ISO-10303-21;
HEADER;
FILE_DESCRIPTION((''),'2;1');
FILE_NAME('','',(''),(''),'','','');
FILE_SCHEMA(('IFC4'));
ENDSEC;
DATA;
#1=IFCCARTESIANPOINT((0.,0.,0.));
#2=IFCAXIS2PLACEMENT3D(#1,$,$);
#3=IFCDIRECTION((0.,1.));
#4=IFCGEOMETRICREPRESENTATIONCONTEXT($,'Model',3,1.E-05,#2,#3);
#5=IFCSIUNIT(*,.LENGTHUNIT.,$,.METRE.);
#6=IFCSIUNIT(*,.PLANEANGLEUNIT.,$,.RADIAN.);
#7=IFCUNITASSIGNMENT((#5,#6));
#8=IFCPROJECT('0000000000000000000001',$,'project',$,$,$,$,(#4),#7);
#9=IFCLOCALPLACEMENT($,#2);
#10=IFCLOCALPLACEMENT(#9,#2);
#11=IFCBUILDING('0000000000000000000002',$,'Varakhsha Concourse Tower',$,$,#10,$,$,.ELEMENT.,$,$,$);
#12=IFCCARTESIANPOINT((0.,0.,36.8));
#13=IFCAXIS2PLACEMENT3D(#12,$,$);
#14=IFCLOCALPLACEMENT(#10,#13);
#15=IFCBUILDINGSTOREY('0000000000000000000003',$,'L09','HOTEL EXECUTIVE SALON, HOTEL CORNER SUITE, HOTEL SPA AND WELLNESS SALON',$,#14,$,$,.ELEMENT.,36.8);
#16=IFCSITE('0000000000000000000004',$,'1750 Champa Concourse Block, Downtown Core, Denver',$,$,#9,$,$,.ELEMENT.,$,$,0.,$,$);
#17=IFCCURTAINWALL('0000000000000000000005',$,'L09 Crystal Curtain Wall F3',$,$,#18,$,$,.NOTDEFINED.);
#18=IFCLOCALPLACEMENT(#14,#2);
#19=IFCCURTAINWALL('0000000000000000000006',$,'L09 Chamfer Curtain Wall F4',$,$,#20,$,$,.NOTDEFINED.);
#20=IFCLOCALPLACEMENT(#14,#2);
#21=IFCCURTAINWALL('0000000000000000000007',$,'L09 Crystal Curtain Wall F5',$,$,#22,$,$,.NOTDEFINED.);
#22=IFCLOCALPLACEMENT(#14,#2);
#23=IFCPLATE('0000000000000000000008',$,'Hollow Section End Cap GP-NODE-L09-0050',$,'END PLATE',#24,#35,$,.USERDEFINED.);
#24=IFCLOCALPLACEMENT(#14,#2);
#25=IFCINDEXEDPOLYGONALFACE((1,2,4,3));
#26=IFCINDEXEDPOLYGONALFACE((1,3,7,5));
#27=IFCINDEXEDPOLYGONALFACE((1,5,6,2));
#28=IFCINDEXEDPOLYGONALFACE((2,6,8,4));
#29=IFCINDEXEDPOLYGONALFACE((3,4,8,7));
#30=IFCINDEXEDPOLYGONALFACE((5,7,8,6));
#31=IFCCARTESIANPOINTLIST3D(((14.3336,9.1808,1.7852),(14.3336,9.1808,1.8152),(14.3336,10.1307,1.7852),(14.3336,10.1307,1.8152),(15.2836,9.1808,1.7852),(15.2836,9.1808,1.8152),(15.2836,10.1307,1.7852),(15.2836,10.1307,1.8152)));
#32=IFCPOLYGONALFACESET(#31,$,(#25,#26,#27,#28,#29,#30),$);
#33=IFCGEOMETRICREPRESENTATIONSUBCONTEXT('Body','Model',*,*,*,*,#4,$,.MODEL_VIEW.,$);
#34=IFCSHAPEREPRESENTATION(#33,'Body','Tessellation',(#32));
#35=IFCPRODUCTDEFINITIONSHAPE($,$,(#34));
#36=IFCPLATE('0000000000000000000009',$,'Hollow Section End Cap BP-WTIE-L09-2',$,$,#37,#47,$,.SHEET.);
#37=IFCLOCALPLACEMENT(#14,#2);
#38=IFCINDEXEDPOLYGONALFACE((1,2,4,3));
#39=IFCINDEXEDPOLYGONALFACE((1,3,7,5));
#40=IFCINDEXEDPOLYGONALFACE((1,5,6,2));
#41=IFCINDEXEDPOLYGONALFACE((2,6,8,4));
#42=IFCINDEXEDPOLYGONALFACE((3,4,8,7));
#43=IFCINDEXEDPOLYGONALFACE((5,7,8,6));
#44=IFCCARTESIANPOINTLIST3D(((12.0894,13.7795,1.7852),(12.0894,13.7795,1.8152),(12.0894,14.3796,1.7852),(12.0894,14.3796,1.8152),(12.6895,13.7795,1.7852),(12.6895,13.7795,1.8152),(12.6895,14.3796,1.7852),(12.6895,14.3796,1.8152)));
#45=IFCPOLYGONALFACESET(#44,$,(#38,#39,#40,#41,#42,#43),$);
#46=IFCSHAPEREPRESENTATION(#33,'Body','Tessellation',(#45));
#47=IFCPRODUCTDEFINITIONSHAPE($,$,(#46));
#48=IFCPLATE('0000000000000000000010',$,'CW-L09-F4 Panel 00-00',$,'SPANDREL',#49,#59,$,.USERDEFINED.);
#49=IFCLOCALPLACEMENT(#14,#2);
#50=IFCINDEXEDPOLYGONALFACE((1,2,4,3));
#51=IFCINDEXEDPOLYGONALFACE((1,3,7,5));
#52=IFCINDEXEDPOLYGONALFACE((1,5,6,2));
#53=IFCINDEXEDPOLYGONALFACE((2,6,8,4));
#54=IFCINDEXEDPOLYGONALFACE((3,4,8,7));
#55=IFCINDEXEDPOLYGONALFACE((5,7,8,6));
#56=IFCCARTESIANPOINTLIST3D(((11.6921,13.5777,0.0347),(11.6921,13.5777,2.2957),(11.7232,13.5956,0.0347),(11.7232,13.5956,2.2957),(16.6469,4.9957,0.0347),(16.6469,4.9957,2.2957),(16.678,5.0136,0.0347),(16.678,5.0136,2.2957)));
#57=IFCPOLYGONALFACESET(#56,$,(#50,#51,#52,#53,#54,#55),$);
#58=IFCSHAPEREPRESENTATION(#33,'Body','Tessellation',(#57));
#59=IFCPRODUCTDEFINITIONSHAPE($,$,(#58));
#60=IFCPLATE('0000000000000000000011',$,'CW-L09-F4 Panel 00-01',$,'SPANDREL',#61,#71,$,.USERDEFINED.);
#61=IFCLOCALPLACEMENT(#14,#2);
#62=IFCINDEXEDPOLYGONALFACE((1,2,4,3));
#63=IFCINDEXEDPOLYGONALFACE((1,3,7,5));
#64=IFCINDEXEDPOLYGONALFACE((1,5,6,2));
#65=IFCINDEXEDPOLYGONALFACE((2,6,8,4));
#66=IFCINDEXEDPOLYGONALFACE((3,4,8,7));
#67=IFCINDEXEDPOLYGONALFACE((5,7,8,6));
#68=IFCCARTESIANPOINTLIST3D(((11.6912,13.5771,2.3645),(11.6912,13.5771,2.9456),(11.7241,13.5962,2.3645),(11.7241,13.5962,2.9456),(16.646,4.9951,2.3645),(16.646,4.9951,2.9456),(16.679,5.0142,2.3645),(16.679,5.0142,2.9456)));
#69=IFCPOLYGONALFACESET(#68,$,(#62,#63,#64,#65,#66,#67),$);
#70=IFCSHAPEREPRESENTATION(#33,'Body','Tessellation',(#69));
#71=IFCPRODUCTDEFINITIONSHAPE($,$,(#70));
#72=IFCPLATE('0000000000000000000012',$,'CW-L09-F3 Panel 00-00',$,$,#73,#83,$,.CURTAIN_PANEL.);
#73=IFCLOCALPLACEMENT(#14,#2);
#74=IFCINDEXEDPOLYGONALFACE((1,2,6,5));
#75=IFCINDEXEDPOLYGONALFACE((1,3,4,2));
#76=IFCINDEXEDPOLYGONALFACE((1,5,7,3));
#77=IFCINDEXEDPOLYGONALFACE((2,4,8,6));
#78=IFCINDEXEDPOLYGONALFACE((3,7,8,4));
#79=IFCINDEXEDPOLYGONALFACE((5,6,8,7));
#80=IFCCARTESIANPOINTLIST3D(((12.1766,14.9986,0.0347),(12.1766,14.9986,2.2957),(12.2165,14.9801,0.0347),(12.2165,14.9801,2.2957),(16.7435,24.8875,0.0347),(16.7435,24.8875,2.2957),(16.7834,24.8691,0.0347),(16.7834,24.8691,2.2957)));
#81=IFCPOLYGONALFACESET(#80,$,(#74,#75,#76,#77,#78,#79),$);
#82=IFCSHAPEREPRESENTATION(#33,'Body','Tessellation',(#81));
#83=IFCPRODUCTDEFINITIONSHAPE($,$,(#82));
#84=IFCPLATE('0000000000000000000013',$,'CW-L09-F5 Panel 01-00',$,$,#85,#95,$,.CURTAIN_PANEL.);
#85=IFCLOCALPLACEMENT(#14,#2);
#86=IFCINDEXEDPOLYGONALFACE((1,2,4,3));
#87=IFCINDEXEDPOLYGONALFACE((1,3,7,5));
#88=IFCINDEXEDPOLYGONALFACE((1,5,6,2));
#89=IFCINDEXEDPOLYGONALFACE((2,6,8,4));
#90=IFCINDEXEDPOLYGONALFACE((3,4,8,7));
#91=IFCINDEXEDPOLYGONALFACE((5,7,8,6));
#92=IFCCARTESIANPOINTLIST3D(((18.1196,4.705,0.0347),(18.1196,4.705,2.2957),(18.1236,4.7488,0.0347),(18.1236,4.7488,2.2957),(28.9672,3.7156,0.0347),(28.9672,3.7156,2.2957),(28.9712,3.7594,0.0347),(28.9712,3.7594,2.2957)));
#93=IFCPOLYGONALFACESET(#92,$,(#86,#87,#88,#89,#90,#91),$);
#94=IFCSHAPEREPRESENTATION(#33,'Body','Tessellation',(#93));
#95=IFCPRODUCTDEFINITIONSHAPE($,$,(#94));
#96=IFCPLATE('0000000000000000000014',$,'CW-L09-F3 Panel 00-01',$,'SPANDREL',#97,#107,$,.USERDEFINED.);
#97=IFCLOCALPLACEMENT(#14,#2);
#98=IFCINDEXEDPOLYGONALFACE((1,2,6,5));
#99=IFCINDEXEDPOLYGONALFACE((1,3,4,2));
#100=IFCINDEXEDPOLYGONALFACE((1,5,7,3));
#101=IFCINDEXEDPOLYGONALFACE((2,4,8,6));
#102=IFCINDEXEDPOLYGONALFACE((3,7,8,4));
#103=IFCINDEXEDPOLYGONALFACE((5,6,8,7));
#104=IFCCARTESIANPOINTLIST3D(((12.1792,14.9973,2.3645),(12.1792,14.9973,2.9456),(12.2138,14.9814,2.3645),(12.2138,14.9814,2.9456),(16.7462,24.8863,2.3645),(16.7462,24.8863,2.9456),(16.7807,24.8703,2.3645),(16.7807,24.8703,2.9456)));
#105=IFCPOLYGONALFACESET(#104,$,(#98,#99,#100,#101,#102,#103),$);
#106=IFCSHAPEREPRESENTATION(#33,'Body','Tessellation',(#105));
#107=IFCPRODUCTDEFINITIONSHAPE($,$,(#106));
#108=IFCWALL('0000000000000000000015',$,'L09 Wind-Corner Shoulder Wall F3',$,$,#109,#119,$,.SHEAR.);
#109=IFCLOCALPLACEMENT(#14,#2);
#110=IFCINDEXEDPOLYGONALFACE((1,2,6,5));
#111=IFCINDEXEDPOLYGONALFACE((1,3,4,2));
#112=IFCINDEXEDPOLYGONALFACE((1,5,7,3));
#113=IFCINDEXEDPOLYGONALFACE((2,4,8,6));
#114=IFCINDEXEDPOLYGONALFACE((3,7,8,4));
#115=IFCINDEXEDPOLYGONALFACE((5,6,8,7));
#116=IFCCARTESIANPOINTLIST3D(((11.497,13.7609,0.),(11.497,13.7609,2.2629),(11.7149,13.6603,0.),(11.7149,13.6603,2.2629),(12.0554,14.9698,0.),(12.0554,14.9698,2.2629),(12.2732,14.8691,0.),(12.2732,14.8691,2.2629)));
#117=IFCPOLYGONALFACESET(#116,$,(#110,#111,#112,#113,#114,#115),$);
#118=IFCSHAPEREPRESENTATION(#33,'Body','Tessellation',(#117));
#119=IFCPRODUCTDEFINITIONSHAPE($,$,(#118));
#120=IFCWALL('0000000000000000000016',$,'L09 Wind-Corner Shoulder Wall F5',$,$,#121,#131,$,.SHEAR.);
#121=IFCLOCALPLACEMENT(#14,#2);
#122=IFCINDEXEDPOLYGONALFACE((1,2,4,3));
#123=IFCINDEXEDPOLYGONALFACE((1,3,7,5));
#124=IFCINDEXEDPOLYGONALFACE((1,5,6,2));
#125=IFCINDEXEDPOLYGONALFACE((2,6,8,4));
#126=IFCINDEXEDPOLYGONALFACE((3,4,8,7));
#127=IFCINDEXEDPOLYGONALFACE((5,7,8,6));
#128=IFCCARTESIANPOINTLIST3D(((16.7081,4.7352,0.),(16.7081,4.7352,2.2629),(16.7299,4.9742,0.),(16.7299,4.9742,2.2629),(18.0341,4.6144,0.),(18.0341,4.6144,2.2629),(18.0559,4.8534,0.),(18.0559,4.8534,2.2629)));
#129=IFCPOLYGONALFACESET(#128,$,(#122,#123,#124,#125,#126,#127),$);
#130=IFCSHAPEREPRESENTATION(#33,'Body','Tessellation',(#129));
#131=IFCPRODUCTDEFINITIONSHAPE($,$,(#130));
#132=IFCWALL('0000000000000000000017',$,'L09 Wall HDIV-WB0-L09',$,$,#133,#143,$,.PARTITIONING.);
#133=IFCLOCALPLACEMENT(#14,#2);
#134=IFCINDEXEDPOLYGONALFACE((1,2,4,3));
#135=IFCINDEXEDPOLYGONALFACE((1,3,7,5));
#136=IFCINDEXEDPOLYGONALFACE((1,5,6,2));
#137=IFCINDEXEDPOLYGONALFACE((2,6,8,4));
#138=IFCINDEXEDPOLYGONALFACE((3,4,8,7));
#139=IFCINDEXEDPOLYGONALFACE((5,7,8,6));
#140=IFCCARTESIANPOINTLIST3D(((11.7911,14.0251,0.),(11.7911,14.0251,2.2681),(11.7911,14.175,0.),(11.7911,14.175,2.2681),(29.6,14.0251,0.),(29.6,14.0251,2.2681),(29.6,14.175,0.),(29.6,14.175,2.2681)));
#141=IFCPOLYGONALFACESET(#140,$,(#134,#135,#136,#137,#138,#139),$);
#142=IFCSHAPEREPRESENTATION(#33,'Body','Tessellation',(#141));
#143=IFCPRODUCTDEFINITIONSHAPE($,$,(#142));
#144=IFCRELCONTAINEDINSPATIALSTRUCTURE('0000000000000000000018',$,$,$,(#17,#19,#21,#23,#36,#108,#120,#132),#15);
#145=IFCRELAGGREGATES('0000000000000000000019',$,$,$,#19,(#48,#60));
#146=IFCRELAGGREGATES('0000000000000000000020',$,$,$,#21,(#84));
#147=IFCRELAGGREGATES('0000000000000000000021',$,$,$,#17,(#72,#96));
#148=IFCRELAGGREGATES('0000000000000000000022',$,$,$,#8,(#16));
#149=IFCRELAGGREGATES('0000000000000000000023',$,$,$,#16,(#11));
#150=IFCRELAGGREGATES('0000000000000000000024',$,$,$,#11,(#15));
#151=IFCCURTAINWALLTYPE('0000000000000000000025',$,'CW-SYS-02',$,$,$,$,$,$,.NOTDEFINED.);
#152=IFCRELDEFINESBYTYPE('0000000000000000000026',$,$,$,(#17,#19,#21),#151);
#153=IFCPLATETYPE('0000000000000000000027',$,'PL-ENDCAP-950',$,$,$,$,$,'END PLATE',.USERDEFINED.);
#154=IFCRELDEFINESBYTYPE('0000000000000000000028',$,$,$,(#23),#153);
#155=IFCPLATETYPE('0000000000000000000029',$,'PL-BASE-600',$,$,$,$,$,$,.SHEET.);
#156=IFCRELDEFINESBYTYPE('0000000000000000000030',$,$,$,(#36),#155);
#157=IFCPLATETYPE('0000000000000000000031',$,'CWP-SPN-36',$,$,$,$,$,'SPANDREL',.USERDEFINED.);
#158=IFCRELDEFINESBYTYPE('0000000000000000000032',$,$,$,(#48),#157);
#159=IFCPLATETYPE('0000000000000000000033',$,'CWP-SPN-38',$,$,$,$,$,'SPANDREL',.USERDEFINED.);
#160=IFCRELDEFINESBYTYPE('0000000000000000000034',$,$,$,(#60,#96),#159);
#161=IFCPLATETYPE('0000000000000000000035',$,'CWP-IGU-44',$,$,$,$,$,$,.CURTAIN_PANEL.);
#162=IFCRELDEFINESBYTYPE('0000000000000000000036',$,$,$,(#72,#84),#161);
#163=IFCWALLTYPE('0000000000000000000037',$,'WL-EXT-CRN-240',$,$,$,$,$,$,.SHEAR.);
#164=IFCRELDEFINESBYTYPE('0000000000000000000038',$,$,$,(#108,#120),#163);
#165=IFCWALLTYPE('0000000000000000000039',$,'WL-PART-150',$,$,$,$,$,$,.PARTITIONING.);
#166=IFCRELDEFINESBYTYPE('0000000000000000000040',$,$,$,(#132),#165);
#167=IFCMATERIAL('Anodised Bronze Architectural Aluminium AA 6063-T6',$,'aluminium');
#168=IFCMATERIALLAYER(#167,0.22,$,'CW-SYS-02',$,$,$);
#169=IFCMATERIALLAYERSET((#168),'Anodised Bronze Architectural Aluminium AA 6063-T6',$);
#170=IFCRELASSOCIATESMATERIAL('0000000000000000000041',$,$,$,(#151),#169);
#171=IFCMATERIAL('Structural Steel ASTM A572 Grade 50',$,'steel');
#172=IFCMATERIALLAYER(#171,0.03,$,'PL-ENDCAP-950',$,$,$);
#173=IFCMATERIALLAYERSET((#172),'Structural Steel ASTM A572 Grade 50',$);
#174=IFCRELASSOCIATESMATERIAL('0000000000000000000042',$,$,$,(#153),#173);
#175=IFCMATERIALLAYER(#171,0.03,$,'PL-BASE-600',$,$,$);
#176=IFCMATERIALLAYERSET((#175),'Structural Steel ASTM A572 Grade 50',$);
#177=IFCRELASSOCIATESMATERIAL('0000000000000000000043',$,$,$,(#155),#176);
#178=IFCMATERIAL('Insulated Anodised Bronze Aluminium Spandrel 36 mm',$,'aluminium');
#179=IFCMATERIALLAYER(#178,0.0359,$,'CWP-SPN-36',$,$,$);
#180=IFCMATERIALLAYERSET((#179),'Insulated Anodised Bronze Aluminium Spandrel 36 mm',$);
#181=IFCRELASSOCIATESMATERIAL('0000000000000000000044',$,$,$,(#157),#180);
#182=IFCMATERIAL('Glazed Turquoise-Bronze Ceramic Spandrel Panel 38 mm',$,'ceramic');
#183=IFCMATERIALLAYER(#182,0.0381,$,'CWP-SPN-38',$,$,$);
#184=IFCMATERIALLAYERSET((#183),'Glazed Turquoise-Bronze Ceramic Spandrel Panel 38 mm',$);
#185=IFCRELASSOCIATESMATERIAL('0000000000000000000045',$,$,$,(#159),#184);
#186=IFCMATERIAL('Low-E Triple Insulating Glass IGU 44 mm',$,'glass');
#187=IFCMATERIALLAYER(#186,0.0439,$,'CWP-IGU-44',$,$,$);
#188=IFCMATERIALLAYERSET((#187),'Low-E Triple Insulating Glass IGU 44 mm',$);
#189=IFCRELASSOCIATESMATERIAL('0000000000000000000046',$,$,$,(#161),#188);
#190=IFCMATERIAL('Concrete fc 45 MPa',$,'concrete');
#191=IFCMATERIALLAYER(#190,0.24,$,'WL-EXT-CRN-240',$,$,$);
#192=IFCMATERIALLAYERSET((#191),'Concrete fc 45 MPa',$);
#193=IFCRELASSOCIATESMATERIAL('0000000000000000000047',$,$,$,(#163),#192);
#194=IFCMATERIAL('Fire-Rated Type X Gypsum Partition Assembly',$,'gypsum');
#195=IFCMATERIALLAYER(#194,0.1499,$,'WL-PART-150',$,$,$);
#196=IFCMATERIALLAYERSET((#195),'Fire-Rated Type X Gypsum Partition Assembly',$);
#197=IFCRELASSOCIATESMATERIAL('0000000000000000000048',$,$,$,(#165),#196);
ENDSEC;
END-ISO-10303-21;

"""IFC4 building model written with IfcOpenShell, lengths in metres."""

from ifc_helpers import new_model, si_unit, direction, frame, frame_2d, origin, origin_2d, place, context, subcontext, project, spatial, rectangle, extrude, source, transform, mapped, material, layer, layer_set, type_object, type_shapes, element, aggregate, save


model = new_model("IFC4")

# Units and contexts
model_context = context("Model", 3, precision=1e-05, world=origin(), true_north=direction((0.0, 1.0)))
body_context = subcontext(model_context, "Body", "Model", "MODEL_VIEW")
ifc_project = project(units=[si_unit("LENGTHUNIT", "METRE"), si_unit("PLANEANGLEUNIT", "RADIAN")], contexts=[model_context])

# Site, building, storey
site_placement = place(None, origin())
site = spatial("IfcSite", under=ifc_project, at=site_placement, Name="1750 Champa Concourse Block, Downtown Core, Denver", CompositionType="ELEMENT", RefElevation=0.0)
building_placement = place(site_placement, origin())
building = spatial("IfcBuilding", under=site, at=building_placement, Name="Varakhsha Concourse Tower", CompositionType="ELEMENT")
storey_placement = place(building_placement, frame((0.0, 0.0, 36.8)))
storey = spatial("IfcBuildingStorey", under=building, at=storey_placement, Name="L09", Description="HOTEL EXECUTIVE SALON, HOTEL CORNER SUITE, HOTEL SPA AND WELLNESS SALON", CompositionType="ELEMENT", Elevation=36.8)

# Shared definitions
ifc_material_1 = material(Name="Structural Steel ASTM A572 Grade 50", Category="steel")

# Curtain wall
ifc_material_2 = material(Name="Anodised Bronze Architectural Aluminium AA 6063-T6", Category="aluminium")
ifc_layer_1 = layer(ifc_material_2, 0.22, Name="CW-SYS-02")
ifc_layer_set_1 = layer_set([ifc_layer_1], Name="Anodised Bronze Architectural Aluminium AA 6063-T6")
curtain_wall_type = type_object("IfcCurtainWallType", Name="CW-SYS-02", PredefinedType="NOTDEFINED", material=ifc_layer_set_1)
curtain_wall_1_placement = place(storey_placement, origin())
curtain_wall_1 = element("IfcCurtainWall", 1, at=curtain_wall_1_placement, inside=storey, type_object=curtain_wall_type, Name="L09 Crystal Curtain Wall F3", PredefinedType="NOTDEFINED")

# Curtain wall
curtain_wall_2_placement = place(storey_placement, origin())
curtain_wall_2 = element("IfcCurtainWall", 2, at=curtain_wall_2_placement, inside=storey, type_object=curtain_wall_type, Name="L09 Chamfer Curtain Wall F4", PredefinedType="NOTDEFINED")

# Curtain wall
curtain_wall_3_placement = place(storey_placement, origin())
curtain_wall_3 = element("IfcCurtainWall", 3, at=curtain_wall_3_placement, inside=storey, type_object=curtain_wall_type, Name="L09 Crystal Curtain Wall F5", PredefinedType="NOTDEFINED")

# Shared definitions
ifc_material_3 = material(Name="Concrete fc 45 MPa", Category="concrete")

# Plates
ifc_layer_2 = layer(ifc_material_1, 0.03, Name="PL-ENDCAP-950")
ifc_layer_set_2 = layer_set([ifc_layer_2], Name="Structural Steel ASTM A572 Grade 50")
plate_type_1 = type_object("IfcPlateType", Name="PL-ENDCAP-950", ElementType="END PLATE", PredefinedType="USERDEFINED", material=ifc_layer_set_2)
shared_shape_1 = source(origin(), body_context, "Body", "SweptSolid", [
    extrude(rectangle(XDim=0.95, YDim=0.95, at=origin_2d()), origin(), (0.0, 0.0, 1.0), 0.03),
])
type_shapes(plate_type_1, [shared_shape_1])
for number, where, z_axis, x_axis, name in (
    (4, (14.8086, 9.6558, 1.7852), (0.0, 0.0, 1.0), (1.0, 0.0, 0.0), "Hollow Section End Cap GP-NODE-L09-0050"),
):
    element("IfcPlate", number, at=place(storey_placement, frame(where, z_axis=z_axis, x_axis=x_axis)), inside=storey, type_object=plate_type_1, Name=name, ObjectType="END PLATE", PredefinedType="USERDEFINED", context=body_context, shape_type="MappedRepresentation", body=[
        mapped(shared_shape_1, transform((0.0, 0.0, 0.0), scale=1.0)),
    ])
ifc_layer_3 = layer(ifc_material_1, 0.03, Name="PL-BASE-600")
ifc_layer_set_3 = layer_set([ifc_layer_3], Name="Structural Steel ASTM A572 Grade 50")
plate_type_2 = type_object("IfcPlateType", Name="PL-BASE-600", PredefinedType="SHEET", material=ifc_layer_set_3)
shared_shape_2 = source(origin(), body_context, "Body", "SweptSolid", [
    extrude(rectangle(XDim=0.6001, YDim=0.6001, at=origin_2d()), origin(), (0.0, 0.0, 1.0), 0.03),
])
type_shapes(plate_type_2, [shared_shape_2])
plate_1_placement = place(storey_placement, frame((12.3894, 14.0796, 1.7852), z_axis=(0.0, 0.0, 1.0), x_axis=(1.0, 0.0, 0.0)))
element("IfcPlate", 5, at=plate_1_placement, inside=storey, type_object=plate_type_2, Name="Hollow Section End Cap BP-WTIE-L09-2", PredefinedType="SHEET", context=body_context, shape_type="MappedRepresentation", body=[
    mapped(shared_shape_2, transform((0.0, 0.0, 0.0), scale=1.0)),
])

# Plates
ifc_material_4 = material(Name="Insulated Anodised Bronze Aluminium Spandrel 36 mm", Category="aluminium")
ifc_layer_4 = layer(ifc_material_4, 0.0359, Name="CWP-SPN-36")
ifc_layer_set_4 = layer_set([ifc_layer_4], Name="Insulated Anodised Bronze Aluminium Spandrel 36 mm")
plate_type_3 = type_object("IfcPlateType", Name="CWP-SPN-36", ElementType="SPANDREL", PredefinedType="USERDEFINED", material=ifc_layer_set_4)
shared_shape_3 = source(origin(), body_context, "Body", "SweptSolid", [
    extrude(rectangle(XDim=9.9097, YDim=0.0359, at=origin_2d()), origin(), (0.0, 0.0, 1.0), 2.261),
])
type_shapes(plate_type_3, [shared_shape_3])
plate_2_placement = place(storey_placement, frame((14.1851, 9.2957, 0.0347), z_axis=(0.0, 0.0, 1.0), x_axis=(-0.499998, 0.866026, 0.0)))
plate_2 = element("IfcPlate", 6, at=plate_2_placement, type_object=plate_type_3, Name="CW-L09-F4 Panel 00-00", ObjectType="SPANDREL", PredefinedType="USERDEFINED", context=body_context, shape_type="MappedRepresentation", body=[
    mapped(shared_shape_3, transform((0.0, 0.0, 0.0), scale=1.0)),
])
ifc_material_5 = material(Name="Glazed Turquoise-Bronze Ceramic Spandrel Panel 38 mm", Category="ceramic")
ifc_layer_5 = layer(ifc_material_5, 0.0381, Name="CWP-SPN-38")
ifc_layer_set_5 = layer_set([ifc_layer_5], Name="Glazed Turquoise-Bronze Ceramic Spandrel Panel 38 mm")
plate_type_4 = type_object("IfcPlateType", Name="CWP-SPN-38", ElementType="SPANDREL", PredefinedType="USERDEFINED", material=ifc_layer_set_5)
shared_shape_4 = source(origin(), body_context, "Body", "SweptSolid", [
    extrude(rectangle(XDim=9.9097, YDim=0.0381, at=origin_2d()), origin(), (0.0, 0.0, 1.0), 0.5811),
])
plate_3_placement = place(storey_placement, frame((14.1851, 9.2957, 2.3645), z_axis=(0.0, 0.0, 1.0), x_axis=(-0.499998, 0.866026, 0.0)))
plate_3 = element("IfcPlate", 7, at=plate_3_placement, type_object=plate_type_4, Name="CW-L09-F4 Panel 00-01", ObjectType="SPANDREL", PredefinedType="USERDEFINED", context=body_context, shape_type="MappedRepresentation", body=[
    mapped(shared_shape_4, transform((0.0, 0.0, 0.0), scale=1.0)),
])
aggregate(curtain_wall_2, [plate_2, plate_3])
ifc_material_6 = material(Name="Low-E Triple Insulating Glass IGU 44 mm", Category="glass")
ifc_layer_6 = layer(ifc_material_6, 0.0439, Name="CWP-IGU-44")
ifc_layer_set_6 = layer_set([ifc_layer_6], Name="Low-E Triple Insulating Glass IGU 44 mm")
plate_type_5 = type_object("IfcPlateType", Name="CWP-IGU-44", PredefinedType="CURTAIN_PANEL", material=ifc_layer_set_6)
shared_shape_5 = source(origin(), body_context, "Body", "SweptSolid", [
    extrude(rectangle(XDim=10.8926, YDim=0.0439, at=origin_2d()), origin(), (0.0, 0.0, 1.0), 2.261),
])
type_shapes(plate_type_5, [shared_shape_5])
plate_4_placement = place(storey_placement, frame((14.48, 19.9338, 0.0347), z_axis=(0.0, 0.0, 1.0), x_axis=(0.41927, 0.907862, 0.0)))
plate_4 = element("IfcPlate", 8, at=plate_4_placement, type_object=plate_type_5, Name="CW-L09-F3 Panel 00-00", PredefinedType="CURTAIN_PANEL", context=body_context, shape_type="MappedRepresentation", body=[
    mapped(shared_shape_5, transform((0.0, 0.0, 0.0), scale=1.0)),
])
plate_5_placement = place(storey_placement, frame((23.5454, 4.2322, 0.0347), z_axis=(0.0, 0.0, 1.0), x_axis=(-0.995866, 0.090834, 0.0)))
plate_5 = element("IfcPlate", 9, at=plate_5_placement, type_object=plate_type_5, Name="CW-L09-F5 Panel 01-00", PredefinedType="CURTAIN_PANEL", context=body_context, shape_type="MappedRepresentation", body=[
    mapped(shared_shape_5, transform((0.0, 0.0, 0.0), scale=1.0)),
])
aggregate(curtain_wall_3, [plate_5])
shared_shape_6 = source(origin(), body_context, "Body", "SweptSolid", [
    extrude(rectangle(XDim=10.8926, YDim=0.0381, at=origin_2d()), origin(), (0.0, 0.0, 1.0), 0.5811),
])
type_shapes(plate_type_4, [shared_shape_4, shared_shape_6])
plate_6_placement = place(storey_placement, frame((14.48, 19.9338, 2.3645), z_axis=(0.0, 0.0, 1.0), x_axis=(0.41927, 0.907862, 0.0)))
plate_6 = element("IfcPlate", 10, at=plate_6_placement, type_object=plate_type_4, Name="CW-L09-F3 Panel 00-01", ObjectType="SPANDREL", PredefinedType="USERDEFINED", context=body_context, shape_type="MappedRepresentation", body=[
    mapped(shared_shape_6, transform((0.0, 0.0, 0.0), scale=1.0)),
])
aggregate(curtain_wall_1, [plate_4, plate_6])

# Walls
ifc_layer_7 = layer(ifc_material_3, 0.24, Name="WL-EXT-CRN-240")
ifc_layer_set_7 = layer_set([ifc_layer_7], Name="Concrete fc 45 MPa")
wall_type_1 = type_object("IfcWallType", Name="WL-EXT-CRN-240", PredefinedType="SHEAR", material=ifc_layer_set_7)
for number, where, z_axis, x_axis, name in (
    (11, (12.1643, 14.9194, 0.0), (0.0, 0.0, 1.0), (-0.419349, -0.907825, 0.0), "L09 Wind-Corner Shoulder Wall F3"),
    (12, (16.719, 4.8547, 0.0), (0.0, 0.0, 1.0), (0.995872, -0.090767, 0.0), "L09 Wind-Corner Shoulder Wall F5"),
):
    element("IfcWall", number, at=place(storey_placement, frame(where, z_axis=z_axis, x_axis=x_axis)), inside=storey, type_object=wall_type_1, Name=name, PredefinedType="SHEAR", context=body_context, shape_type="SweptSolid", body=[
        extrude(rectangle(XDim=1.3315, YDim=0.24, at=frame_2d((0.6658, 0.0))), origin(), (0.0, 0.0, 1.0), 2.2629),
    ])
ifc_material_7 = material(Name="Fire-Rated Type X Gypsum Partition Assembly", Category="gypsum")
ifc_layer_8 = layer(ifc_material_7, 0.1499, Name="WL-PART-150")
ifc_layer_set_8 = layer_set([ifc_layer_8], Name="Fire-Rated Type X Gypsum Partition Assembly")
wall_type_2 = type_object("IfcWallType", Name="WL-PART-150", PredefinedType="PARTITIONING", material=ifc_layer_set_8)
wall_placement = place(storey_placement, frame((11.7913, 14.1001, 0.0), z_axis=(0.0, 0.0, 1.0), x_axis=(1.0, 0.0, 0.0)))
element("IfcWall", 13, at=wall_placement, inside=storey, type_object=wall_type_2, Name="L09 Wall HDIV-WB0-L09", PredefinedType="PARTITIONING", context=body_context, shape_type="SweptSolid", body=[
    extrude(rectangle(XDim=17.8088, YDim=0.1499, at=frame_2d((8.9043, 0.0))), origin(), (0.0, 0.0, 1.0), 2.2681),
])

save(model, "model.ifc")
